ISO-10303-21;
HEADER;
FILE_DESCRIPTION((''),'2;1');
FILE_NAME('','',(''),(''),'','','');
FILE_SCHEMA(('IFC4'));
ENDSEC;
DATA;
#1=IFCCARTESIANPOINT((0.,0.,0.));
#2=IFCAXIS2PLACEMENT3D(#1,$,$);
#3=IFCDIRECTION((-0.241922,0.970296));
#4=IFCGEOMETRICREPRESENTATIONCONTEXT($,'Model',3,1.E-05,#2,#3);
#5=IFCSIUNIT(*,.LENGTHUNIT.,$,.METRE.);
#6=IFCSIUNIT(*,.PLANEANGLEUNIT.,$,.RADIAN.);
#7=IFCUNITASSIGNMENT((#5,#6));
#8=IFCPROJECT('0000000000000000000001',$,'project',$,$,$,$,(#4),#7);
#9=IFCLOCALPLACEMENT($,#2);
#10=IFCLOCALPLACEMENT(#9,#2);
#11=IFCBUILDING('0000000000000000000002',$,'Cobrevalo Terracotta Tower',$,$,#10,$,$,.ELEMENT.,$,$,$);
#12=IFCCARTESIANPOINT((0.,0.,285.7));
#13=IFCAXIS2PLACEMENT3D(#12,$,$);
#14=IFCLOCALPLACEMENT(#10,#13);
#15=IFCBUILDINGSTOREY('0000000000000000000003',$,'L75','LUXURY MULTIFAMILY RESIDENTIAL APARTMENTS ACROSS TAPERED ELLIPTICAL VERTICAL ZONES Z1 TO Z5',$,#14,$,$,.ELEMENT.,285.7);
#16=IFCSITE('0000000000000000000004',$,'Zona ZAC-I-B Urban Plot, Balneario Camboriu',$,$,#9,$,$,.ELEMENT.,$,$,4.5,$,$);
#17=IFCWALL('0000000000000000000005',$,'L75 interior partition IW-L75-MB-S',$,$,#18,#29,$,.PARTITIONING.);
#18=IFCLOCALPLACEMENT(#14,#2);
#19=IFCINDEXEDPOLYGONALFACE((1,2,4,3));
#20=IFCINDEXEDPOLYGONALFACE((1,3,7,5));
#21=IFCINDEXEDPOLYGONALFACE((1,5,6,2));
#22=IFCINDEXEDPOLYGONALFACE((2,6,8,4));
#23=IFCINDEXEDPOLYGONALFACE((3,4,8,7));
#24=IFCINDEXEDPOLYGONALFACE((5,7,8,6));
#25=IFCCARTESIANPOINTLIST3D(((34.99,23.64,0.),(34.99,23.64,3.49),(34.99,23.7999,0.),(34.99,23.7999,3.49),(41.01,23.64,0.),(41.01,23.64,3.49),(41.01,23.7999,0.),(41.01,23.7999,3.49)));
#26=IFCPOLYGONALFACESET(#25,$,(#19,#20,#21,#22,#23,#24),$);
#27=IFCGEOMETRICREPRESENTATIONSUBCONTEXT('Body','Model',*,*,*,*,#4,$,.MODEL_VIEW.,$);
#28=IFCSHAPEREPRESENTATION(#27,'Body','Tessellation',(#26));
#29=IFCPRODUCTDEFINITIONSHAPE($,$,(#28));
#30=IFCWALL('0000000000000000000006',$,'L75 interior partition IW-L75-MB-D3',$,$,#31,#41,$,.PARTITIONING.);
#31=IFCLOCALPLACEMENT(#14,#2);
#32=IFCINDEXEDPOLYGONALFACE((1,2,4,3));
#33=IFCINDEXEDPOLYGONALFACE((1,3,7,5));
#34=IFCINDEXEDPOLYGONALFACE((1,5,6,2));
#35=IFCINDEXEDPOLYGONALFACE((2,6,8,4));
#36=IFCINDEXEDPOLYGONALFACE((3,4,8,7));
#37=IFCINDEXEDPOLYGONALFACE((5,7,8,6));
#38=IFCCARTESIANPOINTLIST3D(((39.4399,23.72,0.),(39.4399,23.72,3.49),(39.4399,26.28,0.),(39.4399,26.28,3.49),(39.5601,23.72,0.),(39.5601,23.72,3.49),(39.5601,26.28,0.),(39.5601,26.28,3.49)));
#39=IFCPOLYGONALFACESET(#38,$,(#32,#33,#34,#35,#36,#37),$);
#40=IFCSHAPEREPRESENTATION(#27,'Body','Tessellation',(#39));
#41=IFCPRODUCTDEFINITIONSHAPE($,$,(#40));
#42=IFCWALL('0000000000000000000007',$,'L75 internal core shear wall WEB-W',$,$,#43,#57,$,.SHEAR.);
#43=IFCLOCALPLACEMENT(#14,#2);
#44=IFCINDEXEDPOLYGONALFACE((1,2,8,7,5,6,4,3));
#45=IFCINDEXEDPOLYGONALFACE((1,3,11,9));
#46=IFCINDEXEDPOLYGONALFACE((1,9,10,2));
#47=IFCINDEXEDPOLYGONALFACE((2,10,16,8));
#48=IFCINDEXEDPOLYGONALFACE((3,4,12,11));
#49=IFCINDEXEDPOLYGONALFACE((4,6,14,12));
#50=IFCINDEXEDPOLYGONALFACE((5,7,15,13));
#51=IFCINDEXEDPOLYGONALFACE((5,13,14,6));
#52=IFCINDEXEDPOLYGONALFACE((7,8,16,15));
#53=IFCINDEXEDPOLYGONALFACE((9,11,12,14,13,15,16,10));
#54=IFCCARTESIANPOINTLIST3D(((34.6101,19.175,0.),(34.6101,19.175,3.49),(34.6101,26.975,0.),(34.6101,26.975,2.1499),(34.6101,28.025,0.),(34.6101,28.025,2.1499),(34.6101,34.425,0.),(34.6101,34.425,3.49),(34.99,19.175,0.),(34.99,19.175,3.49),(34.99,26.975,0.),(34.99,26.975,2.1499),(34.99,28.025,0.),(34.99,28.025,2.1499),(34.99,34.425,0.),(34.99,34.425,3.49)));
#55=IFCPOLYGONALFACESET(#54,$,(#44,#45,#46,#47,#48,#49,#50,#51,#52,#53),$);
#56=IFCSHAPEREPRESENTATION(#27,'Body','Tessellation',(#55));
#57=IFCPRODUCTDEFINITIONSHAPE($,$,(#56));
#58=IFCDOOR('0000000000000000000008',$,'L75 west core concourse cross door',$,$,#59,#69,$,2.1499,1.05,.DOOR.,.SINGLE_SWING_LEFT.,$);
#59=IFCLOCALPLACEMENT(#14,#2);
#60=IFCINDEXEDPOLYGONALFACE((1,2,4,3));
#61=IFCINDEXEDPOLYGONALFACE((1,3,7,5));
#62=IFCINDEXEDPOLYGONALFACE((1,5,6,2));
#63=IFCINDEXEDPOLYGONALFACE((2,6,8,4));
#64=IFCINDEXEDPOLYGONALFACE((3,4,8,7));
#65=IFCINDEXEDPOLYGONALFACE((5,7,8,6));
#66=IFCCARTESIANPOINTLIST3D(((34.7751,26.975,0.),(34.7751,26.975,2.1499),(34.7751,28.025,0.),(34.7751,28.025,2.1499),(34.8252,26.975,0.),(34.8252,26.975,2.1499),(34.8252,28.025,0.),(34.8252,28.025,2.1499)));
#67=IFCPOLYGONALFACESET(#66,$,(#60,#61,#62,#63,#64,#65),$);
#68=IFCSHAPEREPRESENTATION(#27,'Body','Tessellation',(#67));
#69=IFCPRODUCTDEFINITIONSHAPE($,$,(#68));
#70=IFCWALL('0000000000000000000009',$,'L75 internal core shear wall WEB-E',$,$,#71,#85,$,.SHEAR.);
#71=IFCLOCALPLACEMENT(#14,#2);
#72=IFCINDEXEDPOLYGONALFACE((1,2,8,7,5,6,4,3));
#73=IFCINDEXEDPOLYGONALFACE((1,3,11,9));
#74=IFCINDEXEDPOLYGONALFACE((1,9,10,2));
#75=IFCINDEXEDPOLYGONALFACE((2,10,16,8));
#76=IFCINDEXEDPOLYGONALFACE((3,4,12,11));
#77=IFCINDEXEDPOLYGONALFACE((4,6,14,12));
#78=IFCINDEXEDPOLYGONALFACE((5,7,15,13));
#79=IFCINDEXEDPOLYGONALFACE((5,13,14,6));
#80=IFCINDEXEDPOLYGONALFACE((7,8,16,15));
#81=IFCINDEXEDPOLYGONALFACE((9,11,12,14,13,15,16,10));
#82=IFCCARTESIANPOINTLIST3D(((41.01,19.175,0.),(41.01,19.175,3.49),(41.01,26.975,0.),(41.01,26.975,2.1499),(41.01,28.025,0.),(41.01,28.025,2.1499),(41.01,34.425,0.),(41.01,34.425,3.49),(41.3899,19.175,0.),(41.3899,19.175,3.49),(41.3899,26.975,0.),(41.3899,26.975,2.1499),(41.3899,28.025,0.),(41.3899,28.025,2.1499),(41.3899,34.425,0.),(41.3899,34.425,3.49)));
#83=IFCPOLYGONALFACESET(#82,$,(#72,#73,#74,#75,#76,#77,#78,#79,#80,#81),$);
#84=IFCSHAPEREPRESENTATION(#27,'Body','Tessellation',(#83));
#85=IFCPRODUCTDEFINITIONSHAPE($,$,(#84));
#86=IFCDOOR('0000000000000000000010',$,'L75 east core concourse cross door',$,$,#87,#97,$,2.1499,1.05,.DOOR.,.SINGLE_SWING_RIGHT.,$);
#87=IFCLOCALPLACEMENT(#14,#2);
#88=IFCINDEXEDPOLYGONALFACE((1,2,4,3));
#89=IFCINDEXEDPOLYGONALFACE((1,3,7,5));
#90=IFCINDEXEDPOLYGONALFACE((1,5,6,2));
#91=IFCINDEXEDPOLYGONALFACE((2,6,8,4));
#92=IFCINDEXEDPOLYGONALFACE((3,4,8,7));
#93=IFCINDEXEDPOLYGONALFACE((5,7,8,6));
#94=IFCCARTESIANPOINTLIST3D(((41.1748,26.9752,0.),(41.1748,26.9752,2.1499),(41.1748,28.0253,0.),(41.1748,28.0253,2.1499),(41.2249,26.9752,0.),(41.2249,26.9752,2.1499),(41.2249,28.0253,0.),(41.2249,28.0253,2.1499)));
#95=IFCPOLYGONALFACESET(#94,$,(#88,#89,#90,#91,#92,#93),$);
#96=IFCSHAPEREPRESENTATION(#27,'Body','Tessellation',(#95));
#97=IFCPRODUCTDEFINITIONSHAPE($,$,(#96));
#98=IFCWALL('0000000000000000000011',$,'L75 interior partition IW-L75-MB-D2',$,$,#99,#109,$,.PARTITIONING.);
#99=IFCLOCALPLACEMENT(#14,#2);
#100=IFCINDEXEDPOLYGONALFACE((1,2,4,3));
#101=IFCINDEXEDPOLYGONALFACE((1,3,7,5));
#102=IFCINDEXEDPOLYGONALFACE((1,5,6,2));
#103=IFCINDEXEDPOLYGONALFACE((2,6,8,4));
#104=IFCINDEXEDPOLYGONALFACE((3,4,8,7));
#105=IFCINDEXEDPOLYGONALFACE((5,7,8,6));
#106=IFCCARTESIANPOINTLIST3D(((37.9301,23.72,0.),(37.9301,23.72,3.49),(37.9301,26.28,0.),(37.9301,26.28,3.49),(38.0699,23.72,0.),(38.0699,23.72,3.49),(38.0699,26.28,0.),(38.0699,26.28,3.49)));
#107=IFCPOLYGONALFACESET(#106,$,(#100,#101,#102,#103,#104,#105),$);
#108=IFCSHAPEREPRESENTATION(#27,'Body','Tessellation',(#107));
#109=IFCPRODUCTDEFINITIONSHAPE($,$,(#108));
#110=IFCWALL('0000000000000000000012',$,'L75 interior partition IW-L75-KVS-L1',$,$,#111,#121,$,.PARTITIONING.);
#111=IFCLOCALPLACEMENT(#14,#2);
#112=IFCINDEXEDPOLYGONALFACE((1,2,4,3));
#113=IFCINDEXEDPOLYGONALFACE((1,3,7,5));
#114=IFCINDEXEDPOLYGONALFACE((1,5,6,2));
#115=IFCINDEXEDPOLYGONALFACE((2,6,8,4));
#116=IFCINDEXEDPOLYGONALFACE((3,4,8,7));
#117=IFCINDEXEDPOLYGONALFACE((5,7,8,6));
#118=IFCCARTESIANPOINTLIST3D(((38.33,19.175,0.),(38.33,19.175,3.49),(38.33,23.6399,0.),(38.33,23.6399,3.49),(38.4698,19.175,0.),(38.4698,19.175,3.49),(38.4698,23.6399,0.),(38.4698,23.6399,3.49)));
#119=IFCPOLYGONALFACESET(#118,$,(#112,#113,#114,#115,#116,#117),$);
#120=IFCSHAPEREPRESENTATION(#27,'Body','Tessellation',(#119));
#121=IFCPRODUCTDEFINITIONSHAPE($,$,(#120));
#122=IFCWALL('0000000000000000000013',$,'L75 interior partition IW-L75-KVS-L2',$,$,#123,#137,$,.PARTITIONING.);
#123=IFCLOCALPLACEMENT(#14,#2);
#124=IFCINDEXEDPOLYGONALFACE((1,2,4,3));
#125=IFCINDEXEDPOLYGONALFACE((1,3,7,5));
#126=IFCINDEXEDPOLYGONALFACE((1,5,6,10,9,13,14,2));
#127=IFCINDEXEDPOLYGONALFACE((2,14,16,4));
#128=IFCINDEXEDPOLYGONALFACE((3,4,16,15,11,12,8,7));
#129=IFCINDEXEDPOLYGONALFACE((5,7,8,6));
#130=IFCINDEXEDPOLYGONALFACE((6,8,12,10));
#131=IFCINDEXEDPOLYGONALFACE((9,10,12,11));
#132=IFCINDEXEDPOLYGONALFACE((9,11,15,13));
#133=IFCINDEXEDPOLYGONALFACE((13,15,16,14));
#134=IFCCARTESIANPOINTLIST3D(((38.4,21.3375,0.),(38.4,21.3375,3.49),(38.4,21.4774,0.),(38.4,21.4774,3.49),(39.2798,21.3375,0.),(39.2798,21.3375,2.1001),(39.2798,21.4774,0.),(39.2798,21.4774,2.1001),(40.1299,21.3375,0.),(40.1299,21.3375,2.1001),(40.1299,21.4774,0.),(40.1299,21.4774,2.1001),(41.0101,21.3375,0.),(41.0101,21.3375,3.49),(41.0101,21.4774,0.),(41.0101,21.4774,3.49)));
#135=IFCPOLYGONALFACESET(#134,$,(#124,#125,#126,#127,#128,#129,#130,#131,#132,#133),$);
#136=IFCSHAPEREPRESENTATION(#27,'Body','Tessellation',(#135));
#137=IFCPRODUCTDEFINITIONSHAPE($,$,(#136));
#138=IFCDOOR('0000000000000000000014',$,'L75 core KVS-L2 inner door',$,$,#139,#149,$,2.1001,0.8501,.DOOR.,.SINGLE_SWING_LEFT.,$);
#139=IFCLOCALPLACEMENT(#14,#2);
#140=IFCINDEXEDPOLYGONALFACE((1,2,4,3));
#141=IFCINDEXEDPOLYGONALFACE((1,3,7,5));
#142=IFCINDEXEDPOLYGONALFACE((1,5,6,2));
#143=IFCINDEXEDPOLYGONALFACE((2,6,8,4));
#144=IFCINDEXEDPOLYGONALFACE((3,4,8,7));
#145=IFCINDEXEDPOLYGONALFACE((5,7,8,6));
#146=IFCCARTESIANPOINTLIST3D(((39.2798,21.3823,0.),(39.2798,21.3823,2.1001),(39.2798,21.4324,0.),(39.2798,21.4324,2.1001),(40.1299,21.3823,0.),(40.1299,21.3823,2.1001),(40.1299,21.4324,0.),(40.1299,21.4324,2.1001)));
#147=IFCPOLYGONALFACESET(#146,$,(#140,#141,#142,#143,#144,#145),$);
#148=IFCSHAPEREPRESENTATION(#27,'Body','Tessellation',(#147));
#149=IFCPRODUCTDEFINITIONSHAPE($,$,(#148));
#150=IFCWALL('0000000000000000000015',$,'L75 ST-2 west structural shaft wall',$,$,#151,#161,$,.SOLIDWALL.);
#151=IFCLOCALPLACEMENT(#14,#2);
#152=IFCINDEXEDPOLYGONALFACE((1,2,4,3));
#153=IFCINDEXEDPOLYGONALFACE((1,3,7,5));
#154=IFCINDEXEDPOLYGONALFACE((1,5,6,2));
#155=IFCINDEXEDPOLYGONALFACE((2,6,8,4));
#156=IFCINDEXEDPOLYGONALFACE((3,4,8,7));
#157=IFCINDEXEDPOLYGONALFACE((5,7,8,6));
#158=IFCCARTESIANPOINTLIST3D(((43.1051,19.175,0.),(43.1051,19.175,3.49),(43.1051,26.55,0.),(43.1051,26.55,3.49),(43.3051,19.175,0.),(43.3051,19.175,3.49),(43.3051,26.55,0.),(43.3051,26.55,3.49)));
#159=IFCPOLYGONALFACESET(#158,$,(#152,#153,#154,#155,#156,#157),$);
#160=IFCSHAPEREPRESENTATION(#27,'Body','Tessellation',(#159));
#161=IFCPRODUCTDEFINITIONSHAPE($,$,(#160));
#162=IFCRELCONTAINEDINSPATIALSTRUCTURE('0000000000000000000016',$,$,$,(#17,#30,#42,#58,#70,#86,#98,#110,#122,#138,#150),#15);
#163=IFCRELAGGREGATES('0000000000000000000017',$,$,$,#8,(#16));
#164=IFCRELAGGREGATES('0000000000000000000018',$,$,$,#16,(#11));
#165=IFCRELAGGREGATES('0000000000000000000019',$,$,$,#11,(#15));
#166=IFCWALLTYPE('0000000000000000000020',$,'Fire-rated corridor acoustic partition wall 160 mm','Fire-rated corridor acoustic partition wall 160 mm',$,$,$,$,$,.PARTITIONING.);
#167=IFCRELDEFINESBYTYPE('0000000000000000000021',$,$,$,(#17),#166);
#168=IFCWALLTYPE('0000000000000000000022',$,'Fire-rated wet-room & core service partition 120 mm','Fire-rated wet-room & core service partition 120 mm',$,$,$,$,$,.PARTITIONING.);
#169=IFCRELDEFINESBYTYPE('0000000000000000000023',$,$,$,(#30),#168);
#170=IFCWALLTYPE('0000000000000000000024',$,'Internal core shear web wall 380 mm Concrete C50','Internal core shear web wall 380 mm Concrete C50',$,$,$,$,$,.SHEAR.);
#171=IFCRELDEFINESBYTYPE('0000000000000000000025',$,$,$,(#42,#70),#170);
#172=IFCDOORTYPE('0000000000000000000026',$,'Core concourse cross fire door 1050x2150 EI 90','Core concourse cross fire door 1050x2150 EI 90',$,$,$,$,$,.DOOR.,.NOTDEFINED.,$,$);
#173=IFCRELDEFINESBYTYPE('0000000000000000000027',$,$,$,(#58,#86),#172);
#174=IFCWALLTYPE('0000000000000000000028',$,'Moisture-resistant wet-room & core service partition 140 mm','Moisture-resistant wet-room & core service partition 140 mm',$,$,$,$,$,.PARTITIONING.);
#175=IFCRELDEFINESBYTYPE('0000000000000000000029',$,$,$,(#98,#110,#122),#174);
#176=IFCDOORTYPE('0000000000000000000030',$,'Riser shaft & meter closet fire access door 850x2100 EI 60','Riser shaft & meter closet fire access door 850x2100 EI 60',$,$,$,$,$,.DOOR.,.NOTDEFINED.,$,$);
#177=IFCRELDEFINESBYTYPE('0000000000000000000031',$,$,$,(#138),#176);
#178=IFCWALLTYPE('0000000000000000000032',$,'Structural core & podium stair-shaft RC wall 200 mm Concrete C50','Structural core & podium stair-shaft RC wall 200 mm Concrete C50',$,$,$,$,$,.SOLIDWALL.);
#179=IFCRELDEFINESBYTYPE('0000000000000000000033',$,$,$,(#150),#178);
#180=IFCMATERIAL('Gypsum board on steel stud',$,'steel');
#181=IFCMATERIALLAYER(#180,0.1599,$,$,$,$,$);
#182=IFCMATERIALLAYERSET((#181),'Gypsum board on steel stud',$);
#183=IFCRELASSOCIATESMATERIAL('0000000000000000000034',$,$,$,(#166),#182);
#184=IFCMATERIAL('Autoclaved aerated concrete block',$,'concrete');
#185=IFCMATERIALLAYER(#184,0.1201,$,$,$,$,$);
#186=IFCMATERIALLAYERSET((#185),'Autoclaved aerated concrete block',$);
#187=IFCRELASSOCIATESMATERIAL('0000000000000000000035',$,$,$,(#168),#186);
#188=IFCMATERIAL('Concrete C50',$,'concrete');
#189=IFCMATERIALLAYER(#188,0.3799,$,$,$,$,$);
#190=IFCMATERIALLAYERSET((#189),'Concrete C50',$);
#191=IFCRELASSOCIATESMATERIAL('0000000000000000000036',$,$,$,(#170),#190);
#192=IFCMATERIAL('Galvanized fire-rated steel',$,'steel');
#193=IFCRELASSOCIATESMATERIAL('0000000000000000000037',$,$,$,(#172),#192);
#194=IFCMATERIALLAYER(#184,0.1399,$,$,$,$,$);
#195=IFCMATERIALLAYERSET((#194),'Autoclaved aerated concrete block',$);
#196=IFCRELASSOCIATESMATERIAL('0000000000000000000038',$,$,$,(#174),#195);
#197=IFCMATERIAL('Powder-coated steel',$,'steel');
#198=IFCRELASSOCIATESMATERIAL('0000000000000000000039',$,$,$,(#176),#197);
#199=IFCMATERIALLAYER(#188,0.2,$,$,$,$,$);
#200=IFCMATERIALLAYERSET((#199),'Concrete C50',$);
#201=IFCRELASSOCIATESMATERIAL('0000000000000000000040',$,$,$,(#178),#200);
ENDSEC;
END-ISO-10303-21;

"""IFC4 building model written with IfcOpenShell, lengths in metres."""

from ifc_helpers import new_model, si_unit, direction, frame, frame_2d, origin, place, context, subcontext, project, spatial, rectangle, extrude, source, transform, mapped, material, layer, layer_set, type_object, element, fill, save


model = new_model("IFC4")

# Units and contexts
model_context = context("Model", 3, precision=1e-05, world=origin(), true_north=direction((-0.241922, 0.970296)))
body_context = subcontext(model_context, "Body", "Model", "MODEL_VIEW")
ifc_project = project(units=[si_unit("LENGTHUNIT", "METRE"), si_unit("PLANEANGLEUNIT", "RADIAN")], contexts=[model_context])

# Site, building, storey
site_placement = place(None, origin())
site = spatial("IfcSite", under=ifc_project, at=site_placement, Name="Zona ZAC-I-B Urban Plot, Balneario Camboriu", CompositionType="ELEMENT", RefElevation=4.5)
building_placement = place(site_placement, origin())
building = spatial("IfcBuilding", under=site, at=building_placement, Name="Cobrevalo Terracotta Tower", CompositionType="ELEMENT")
storey_placement = place(building_placement, frame((0.0, 0.0, 285.7)))
storey = spatial("IfcBuildingStorey", under=building, at=storey_placement, Name="L75", Description="LUXURY MULTIFAMILY RESIDENTIAL APARTMENTS ACROSS TAPERED ELLIPTICAL VERTICAL ZONES Z1 TO Z5", CompositionType="ELEMENT", Elevation=285.7)

# Walls
ifc_material_1 = material(Name="Gypsum board on steel stud", Category="steel")
ifc_layer_1 = layer(ifc_material_1, 0.1599)
ifc_layer_set_1 = layer_set([ifc_layer_1], Name="Gypsum board on steel stud")
wall_type_1 = type_object("IfcWallType", Name="Fire-rated corridor acoustic partition wall 160 mm", Description="Fire-rated corridor acoustic partition wall 160 mm", PredefinedType="PARTITIONING", material=ifc_layer_set_1)
wall_1_placement = place(storey_placement, frame((34.99, 23.72, 0.0), z_axis=(0.0, 0.0, 1.0), x_axis=(1.0, 0.0, 0.0)))
element("IfcWall", 1, at=wall_1_placement, inside=storey, type_object=wall_type_1, Name="L75 interior partition IW-L75-MB-S", PredefinedType="PARTITIONING", context=body_context, shape_type="SweptSolid", body=[
    extrude(rectangle(XDim=6.02, YDim=0.1599, at=frame_2d((3.01, 0.0))), origin(), (0.0, 0.0, 1.0), 3.49),
])
ifc_material_2 = material(Name="Autoclaved aerated concrete block", Category="concrete")
ifc_layer_2 = layer(ifc_material_2, 0.1201)
ifc_layer_set_2 = layer_set([ifc_layer_2], Name="Autoclaved aerated concrete block")
wall_type_2 = type_object("IfcWallType", Name="Fire-rated wet-room & core service partition 120 mm", Description="Fire-rated wet-room & core service partition 120 mm", PredefinedType="PARTITIONING", material=ifc_layer_set_2)
wall_2_placement = place(storey_placement, frame((39.5, 23.72, 0.0), z_axis=(0.0, 0.0, 1.0), x_axis=(0.0, 1.0, 0.0)))
element("IfcWall", 2, at=wall_2_placement, inside=storey, type_object=wall_type_2, Name="L75 interior partition IW-L75-MB-D3", PredefinedType="PARTITIONING", context=body_context, shape_type="SweptSolid", body=[
    extrude(rectangle(XDim=2.5601, YDim=0.1201, at=frame_2d((1.28, 0.0))), origin(), (0.0, 0.0, 1.0), 3.49),
])

# Walls, openings, doors
ifc_material_3 = material(Name="Concrete C50", Category="concrete")
ifc_layer_3 = layer(ifc_material_3, 0.3799)
ifc_layer_set_3 = layer_set([ifc_layer_3], Name="Concrete C50")
wall_type_3 = type_object("IfcWallType", Name="Internal core shear web wall 380 mm Concrete C50", Description="Internal core shear web wall 380 mm Concrete C50", PredefinedType="SHEAR", material=ifc_layer_set_3)
wall_3_placement = place(storey_placement, frame((34.8, 19.175, 0.0), z_axis=(0.0, 0.0, 1.0), x_axis=(0.0, 1.0, 0.0)))
wall_3 = element("IfcWall", 3, at=wall_3_placement, inside=storey, type_object=wall_type_3, Name="L75 internal core shear wall WEB-W", PredefinedType="SHEAR", context=body_context, shape_type="SweptSolid", body=[
    extrude(rectangle(XDim=15.25, YDim=0.3799, at=frame_2d((7.625, 0.0))), origin(), (0.0, 0.0, 1.0), 3.49),
])
opening_1_placement = place(wall_3_placement, frame((7.8, 0.0, 0.0)))
opening_1 = element("IfcOpeningElement", 4, at=opening_1_placement, cuts=wall_3, PredefinedType="OPENING", context=body_context, shape_type="SweptSolid", body=[
    extrude(rectangle(XDim=1.05, YDim=2.1499, at=frame_2d((0.5249, 1.075))), frame((0.0, 0.2, 0.0), z_axis=(0.0, -1.0, 0.0), x_axis=(1.0, 0.0, 0.0)), (0.0, 0.0, 1.0), 0.3999),
])
ifc_material_4 = material(Name="Galvanized fire-rated steel", Category="steel")
door_type_1 = type_object("IfcDoorType", Name="Core concourse cross fire door 1050x2150 EI 90", Description="Core concourse cross fire door 1050x2150 EI 90", OperationType="NOTDEFINED", PredefinedType="DOOR", material=ifc_material_4)
shared_shape_1 = source(origin(), body_context, "Body", "SweptSolid", [
    extrude(rectangle(XDim=1.05, YDim=2.1499, at=frame_2d((0.5249, 1.075))), frame((0.0, 0.0249, 0.0), z_axis=(0.0, -1.0, 0.0), x_axis=(1.0, 0.0, 0.0)), (0.0, 0.0, 1.0), 0.05),
])
door_1_placement = place(opening_1_placement, origin())
door_1 = element("IfcDoor", 5, at=door_1_placement, inside=storey, type_object=door_type_1, Name="L75 west core concourse cross door", OperationType="SINGLE_SWING_LEFT", OverallHeight=2.1499, OverallWidth=1.05, PredefinedType="DOOR", context=body_context, shape_type="MappedRepresentation", body=[
    mapped(shared_shape_1, transform((0.0, 0.0, 0.0), scale=1.0)),
])
fill(opening_1, door_1)
wall_4_placement = place(storey_placement, frame((41.2, 19.175, 0.0), z_axis=(0.0, 0.0, 1.0), x_axis=(0.0, 1.0, 0.0)))
wall_4 = element("IfcWall", 6, at=wall_4_placement, inside=storey, type_object=wall_type_3, Name="L75 internal core shear wall WEB-E", PredefinedType="SHEAR", context=body_context, shape_type="SweptSolid", body=[
    extrude(rectangle(XDim=15.25, YDim=0.3799, at=frame_2d((7.625, 0.0))), origin(), (0.0, 0.0, 1.0), 3.49),
])
opening_2_placement = place(wall_4_placement, frame((7.8, 0.0, 0.0)))
opening_2 = element("IfcOpeningElement", 7, at=opening_2_placement, cuts=wall_4, PredefinedType="OPENING", context=body_context, shape_type="SweptSolid", body=[
    extrude(rectangle(XDim=1.05, YDim=2.1499, at=frame_2d((0.5249, 1.075))), frame((0.0, 0.2, 0.0), z_axis=(0.0, -1.0, 0.0), x_axis=(1.0, 0.0, 0.0)), (0.0, 0.0, 1.0), 0.3999),
])
door_2_placement = place(opening_2_placement, frame((1.05, 0.0, 0.0), z_axis=(0.0, 0.0, 1.0), x_axis=(-1.0, 0.0, 0.0)))
door_2 = element("IfcDoor", 8, at=door_2_placement, inside=storey, type_object=door_type_1, Name="L75 east core concourse cross door", OperationType="SINGLE_SWING_RIGHT", OverallHeight=2.1499, OverallWidth=1.05, PredefinedType="DOOR", context=body_context, shape_type="MappedRepresentation", body=[
    mapped(shared_shape_1, transform((0.0, 0.0, 0.0), scale=1.0)),
])
fill(opening_2, door_2)

# Walls
ifc_layer_4 = layer(ifc_material_2, 0.1399)
ifc_layer_set_4 = layer_set([ifc_layer_4], Name="Autoclaved aerated concrete block")
wall_type_4 = type_object("IfcWallType", Name="Moisture-resistant wet-room & core service partition 140 mm", Description="Moisture-resistant wet-room & core service partition 140 mm", PredefinedType="PARTITIONING", material=ifc_layer_set_4)
wall_5_placement = place(storey_placement, frame((38.0, 23.72, 0.0), z_axis=(0.0, 0.0, 1.0), x_axis=(0.0, 1.0, 0.0)))
element("IfcWall", 9, at=wall_5_placement, inside=storey, type_object=wall_type_4, Name="L75 interior partition IW-L75-MB-D2", PredefinedType="PARTITIONING", context=body_context, shape_type="SweptSolid", body=[
    extrude(rectangle(XDim=2.5601, YDim=0.1399, at=frame_2d((1.28, 0.0))), origin(), (0.0, 0.0, 1.0), 3.49),
])
wall_6_placement = place(storey_placement, frame((38.3999, 19.175, 0.0), z_axis=(0.0, 0.0, 1.0), x_axis=(0.0, 1.0, 0.0)))
element("IfcWall", 10, at=wall_6_placement, inside=storey, type_object=wall_type_4, Name="L75 interior partition IW-L75-KVS-L1", PredefinedType="PARTITIONING", context=body_context, shape_type="SweptSolid", body=[
    extrude(rectangle(XDim=4.4648, YDim=0.1399, at=frame_2d((2.2324, 0.0))), origin(), (0.0, 0.0, 1.0), 3.49),
])

# Wall, opening, door
wall_7_placement = place(storey_placement, frame((38.3999, 21.4075, 0.0), z_axis=(0.0, 0.0, 1.0), x_axis=(1.0, 0.0, 0.0)))
wall_7 = element("IfcWall", 11, at=wall_7_placement, inside=storey, type_object=wall_type_4, Name="L75 interior partition IW-L75-KVS-L2", PredefinedType="PARTITIONING", context=body_context, shape_type="SweptSolid", body=[
    extrude(rectangle(XDim=2.6101, YDim=0.1399, at=frame_2d((1.3052, 0.0))), origin(), (0.0, 0.0, 1.0), 3.49),
])
opening_3_placement = place(wall_7_placement, frame((0.8799, 0.0, 0.0)))
opening_3 = element("IfcOpeningElement", 12, at=opening_3_placement, cuts=wall_7, PredefinedType="OPENING", context=body_context, shape_type="SweptSolid", body=[
    extrude(rectangle(XDim=0.8501, YDim=2.1001, at=frame_2d((0.425, 1.05))), frame((0.0, 0.0801, 0.0), z_axis=(0.0, -1.0, 0.0), x_axis=(1.0, 0.0, 0.0)), (0.0, 0.0, 1.0), 0.1599),
])
ifc_material_5 = material(Name="Powder-coated steel", Category="steel")
door_type_2 = type_object("IfcDoorType", Name="Riser shaft & meter closet fire access door 850x2100 EI 60", Description="Riser shaft & meter closet fire access door 850x2100 EI 60", OperationType="NOTDEFINED", PredefinedType="DOOR", material=ifc_material_5)
shared_shape_2 = source(origin(), body_context, "Body", "SweptSolid", [
    extrude(rectangle(XDim=0.8501, YDim=2.1001, at=frame_2d((0.425, 1.05))), frame((0.0, 0.0249, 0.0), z_axis=(0.0, -1.0, 0.0), x_axis=(1.0, 0.0, 0.0)), (0.0, 0.0, 1.0), 0.05),
])
door_3_placement = place(opening_3_placement, origin())
door_3 = element("IfcDoor", 13, at=door_3_placement, inside=storey, type_object=door_type_2, Name="L75 core KVS-L2 inner door", OperationType="SINGLE_SWING_LEFT", OverallHeight=2.1001, OverallWidth=0.8501, PredefinedType="DOOR", context=body_context, shape_type="MappedRepresentation", body=[
    mapped(shared_shape_2, transform((0.0, 0.0, 0.0), scale=1.0)),
])
fill(opening_3, door_3)

# Wall
ifc_layer_5 = layer(ifc_material_3, 0.2)
ifc_layer_set_5 = layer_set([ifc_layer_5], Name="Concrete C50")
wall_type_5 = type_object("IfcWallType", Name="Structural core & podium stair-shaft RC wall 200 mm Concrete C50", Description="Structural core & podium stair-shaft RC wall 200 mm Concrete C50", PredefinedType="SOLIDWALL", material=ifc_layer_set_5)
wall_8_placement = place(storey_placement, frame((43.2051, 19.175, 0.0), z_axis=(0.0, 0.0, 1.0), x_axis=(0.0, 1.0, 0.0)))
element("IfcWall", 14, at=wall_8_placement, inside=storey, type_object=wall_type_5, Name="L75 ST-2 west structural shaft wall", PredefinedType="SOLIDWALL", context=body_context, shape_type="SweptSolid", body=[
    extrude(rectangle(XDim=7.375, YDim=0.2, at=frame_2d((3.6875, 0.0))), origin(), (0.0, 0.0, 1.0), 3.49),
])

save(model, "model.ifc")
